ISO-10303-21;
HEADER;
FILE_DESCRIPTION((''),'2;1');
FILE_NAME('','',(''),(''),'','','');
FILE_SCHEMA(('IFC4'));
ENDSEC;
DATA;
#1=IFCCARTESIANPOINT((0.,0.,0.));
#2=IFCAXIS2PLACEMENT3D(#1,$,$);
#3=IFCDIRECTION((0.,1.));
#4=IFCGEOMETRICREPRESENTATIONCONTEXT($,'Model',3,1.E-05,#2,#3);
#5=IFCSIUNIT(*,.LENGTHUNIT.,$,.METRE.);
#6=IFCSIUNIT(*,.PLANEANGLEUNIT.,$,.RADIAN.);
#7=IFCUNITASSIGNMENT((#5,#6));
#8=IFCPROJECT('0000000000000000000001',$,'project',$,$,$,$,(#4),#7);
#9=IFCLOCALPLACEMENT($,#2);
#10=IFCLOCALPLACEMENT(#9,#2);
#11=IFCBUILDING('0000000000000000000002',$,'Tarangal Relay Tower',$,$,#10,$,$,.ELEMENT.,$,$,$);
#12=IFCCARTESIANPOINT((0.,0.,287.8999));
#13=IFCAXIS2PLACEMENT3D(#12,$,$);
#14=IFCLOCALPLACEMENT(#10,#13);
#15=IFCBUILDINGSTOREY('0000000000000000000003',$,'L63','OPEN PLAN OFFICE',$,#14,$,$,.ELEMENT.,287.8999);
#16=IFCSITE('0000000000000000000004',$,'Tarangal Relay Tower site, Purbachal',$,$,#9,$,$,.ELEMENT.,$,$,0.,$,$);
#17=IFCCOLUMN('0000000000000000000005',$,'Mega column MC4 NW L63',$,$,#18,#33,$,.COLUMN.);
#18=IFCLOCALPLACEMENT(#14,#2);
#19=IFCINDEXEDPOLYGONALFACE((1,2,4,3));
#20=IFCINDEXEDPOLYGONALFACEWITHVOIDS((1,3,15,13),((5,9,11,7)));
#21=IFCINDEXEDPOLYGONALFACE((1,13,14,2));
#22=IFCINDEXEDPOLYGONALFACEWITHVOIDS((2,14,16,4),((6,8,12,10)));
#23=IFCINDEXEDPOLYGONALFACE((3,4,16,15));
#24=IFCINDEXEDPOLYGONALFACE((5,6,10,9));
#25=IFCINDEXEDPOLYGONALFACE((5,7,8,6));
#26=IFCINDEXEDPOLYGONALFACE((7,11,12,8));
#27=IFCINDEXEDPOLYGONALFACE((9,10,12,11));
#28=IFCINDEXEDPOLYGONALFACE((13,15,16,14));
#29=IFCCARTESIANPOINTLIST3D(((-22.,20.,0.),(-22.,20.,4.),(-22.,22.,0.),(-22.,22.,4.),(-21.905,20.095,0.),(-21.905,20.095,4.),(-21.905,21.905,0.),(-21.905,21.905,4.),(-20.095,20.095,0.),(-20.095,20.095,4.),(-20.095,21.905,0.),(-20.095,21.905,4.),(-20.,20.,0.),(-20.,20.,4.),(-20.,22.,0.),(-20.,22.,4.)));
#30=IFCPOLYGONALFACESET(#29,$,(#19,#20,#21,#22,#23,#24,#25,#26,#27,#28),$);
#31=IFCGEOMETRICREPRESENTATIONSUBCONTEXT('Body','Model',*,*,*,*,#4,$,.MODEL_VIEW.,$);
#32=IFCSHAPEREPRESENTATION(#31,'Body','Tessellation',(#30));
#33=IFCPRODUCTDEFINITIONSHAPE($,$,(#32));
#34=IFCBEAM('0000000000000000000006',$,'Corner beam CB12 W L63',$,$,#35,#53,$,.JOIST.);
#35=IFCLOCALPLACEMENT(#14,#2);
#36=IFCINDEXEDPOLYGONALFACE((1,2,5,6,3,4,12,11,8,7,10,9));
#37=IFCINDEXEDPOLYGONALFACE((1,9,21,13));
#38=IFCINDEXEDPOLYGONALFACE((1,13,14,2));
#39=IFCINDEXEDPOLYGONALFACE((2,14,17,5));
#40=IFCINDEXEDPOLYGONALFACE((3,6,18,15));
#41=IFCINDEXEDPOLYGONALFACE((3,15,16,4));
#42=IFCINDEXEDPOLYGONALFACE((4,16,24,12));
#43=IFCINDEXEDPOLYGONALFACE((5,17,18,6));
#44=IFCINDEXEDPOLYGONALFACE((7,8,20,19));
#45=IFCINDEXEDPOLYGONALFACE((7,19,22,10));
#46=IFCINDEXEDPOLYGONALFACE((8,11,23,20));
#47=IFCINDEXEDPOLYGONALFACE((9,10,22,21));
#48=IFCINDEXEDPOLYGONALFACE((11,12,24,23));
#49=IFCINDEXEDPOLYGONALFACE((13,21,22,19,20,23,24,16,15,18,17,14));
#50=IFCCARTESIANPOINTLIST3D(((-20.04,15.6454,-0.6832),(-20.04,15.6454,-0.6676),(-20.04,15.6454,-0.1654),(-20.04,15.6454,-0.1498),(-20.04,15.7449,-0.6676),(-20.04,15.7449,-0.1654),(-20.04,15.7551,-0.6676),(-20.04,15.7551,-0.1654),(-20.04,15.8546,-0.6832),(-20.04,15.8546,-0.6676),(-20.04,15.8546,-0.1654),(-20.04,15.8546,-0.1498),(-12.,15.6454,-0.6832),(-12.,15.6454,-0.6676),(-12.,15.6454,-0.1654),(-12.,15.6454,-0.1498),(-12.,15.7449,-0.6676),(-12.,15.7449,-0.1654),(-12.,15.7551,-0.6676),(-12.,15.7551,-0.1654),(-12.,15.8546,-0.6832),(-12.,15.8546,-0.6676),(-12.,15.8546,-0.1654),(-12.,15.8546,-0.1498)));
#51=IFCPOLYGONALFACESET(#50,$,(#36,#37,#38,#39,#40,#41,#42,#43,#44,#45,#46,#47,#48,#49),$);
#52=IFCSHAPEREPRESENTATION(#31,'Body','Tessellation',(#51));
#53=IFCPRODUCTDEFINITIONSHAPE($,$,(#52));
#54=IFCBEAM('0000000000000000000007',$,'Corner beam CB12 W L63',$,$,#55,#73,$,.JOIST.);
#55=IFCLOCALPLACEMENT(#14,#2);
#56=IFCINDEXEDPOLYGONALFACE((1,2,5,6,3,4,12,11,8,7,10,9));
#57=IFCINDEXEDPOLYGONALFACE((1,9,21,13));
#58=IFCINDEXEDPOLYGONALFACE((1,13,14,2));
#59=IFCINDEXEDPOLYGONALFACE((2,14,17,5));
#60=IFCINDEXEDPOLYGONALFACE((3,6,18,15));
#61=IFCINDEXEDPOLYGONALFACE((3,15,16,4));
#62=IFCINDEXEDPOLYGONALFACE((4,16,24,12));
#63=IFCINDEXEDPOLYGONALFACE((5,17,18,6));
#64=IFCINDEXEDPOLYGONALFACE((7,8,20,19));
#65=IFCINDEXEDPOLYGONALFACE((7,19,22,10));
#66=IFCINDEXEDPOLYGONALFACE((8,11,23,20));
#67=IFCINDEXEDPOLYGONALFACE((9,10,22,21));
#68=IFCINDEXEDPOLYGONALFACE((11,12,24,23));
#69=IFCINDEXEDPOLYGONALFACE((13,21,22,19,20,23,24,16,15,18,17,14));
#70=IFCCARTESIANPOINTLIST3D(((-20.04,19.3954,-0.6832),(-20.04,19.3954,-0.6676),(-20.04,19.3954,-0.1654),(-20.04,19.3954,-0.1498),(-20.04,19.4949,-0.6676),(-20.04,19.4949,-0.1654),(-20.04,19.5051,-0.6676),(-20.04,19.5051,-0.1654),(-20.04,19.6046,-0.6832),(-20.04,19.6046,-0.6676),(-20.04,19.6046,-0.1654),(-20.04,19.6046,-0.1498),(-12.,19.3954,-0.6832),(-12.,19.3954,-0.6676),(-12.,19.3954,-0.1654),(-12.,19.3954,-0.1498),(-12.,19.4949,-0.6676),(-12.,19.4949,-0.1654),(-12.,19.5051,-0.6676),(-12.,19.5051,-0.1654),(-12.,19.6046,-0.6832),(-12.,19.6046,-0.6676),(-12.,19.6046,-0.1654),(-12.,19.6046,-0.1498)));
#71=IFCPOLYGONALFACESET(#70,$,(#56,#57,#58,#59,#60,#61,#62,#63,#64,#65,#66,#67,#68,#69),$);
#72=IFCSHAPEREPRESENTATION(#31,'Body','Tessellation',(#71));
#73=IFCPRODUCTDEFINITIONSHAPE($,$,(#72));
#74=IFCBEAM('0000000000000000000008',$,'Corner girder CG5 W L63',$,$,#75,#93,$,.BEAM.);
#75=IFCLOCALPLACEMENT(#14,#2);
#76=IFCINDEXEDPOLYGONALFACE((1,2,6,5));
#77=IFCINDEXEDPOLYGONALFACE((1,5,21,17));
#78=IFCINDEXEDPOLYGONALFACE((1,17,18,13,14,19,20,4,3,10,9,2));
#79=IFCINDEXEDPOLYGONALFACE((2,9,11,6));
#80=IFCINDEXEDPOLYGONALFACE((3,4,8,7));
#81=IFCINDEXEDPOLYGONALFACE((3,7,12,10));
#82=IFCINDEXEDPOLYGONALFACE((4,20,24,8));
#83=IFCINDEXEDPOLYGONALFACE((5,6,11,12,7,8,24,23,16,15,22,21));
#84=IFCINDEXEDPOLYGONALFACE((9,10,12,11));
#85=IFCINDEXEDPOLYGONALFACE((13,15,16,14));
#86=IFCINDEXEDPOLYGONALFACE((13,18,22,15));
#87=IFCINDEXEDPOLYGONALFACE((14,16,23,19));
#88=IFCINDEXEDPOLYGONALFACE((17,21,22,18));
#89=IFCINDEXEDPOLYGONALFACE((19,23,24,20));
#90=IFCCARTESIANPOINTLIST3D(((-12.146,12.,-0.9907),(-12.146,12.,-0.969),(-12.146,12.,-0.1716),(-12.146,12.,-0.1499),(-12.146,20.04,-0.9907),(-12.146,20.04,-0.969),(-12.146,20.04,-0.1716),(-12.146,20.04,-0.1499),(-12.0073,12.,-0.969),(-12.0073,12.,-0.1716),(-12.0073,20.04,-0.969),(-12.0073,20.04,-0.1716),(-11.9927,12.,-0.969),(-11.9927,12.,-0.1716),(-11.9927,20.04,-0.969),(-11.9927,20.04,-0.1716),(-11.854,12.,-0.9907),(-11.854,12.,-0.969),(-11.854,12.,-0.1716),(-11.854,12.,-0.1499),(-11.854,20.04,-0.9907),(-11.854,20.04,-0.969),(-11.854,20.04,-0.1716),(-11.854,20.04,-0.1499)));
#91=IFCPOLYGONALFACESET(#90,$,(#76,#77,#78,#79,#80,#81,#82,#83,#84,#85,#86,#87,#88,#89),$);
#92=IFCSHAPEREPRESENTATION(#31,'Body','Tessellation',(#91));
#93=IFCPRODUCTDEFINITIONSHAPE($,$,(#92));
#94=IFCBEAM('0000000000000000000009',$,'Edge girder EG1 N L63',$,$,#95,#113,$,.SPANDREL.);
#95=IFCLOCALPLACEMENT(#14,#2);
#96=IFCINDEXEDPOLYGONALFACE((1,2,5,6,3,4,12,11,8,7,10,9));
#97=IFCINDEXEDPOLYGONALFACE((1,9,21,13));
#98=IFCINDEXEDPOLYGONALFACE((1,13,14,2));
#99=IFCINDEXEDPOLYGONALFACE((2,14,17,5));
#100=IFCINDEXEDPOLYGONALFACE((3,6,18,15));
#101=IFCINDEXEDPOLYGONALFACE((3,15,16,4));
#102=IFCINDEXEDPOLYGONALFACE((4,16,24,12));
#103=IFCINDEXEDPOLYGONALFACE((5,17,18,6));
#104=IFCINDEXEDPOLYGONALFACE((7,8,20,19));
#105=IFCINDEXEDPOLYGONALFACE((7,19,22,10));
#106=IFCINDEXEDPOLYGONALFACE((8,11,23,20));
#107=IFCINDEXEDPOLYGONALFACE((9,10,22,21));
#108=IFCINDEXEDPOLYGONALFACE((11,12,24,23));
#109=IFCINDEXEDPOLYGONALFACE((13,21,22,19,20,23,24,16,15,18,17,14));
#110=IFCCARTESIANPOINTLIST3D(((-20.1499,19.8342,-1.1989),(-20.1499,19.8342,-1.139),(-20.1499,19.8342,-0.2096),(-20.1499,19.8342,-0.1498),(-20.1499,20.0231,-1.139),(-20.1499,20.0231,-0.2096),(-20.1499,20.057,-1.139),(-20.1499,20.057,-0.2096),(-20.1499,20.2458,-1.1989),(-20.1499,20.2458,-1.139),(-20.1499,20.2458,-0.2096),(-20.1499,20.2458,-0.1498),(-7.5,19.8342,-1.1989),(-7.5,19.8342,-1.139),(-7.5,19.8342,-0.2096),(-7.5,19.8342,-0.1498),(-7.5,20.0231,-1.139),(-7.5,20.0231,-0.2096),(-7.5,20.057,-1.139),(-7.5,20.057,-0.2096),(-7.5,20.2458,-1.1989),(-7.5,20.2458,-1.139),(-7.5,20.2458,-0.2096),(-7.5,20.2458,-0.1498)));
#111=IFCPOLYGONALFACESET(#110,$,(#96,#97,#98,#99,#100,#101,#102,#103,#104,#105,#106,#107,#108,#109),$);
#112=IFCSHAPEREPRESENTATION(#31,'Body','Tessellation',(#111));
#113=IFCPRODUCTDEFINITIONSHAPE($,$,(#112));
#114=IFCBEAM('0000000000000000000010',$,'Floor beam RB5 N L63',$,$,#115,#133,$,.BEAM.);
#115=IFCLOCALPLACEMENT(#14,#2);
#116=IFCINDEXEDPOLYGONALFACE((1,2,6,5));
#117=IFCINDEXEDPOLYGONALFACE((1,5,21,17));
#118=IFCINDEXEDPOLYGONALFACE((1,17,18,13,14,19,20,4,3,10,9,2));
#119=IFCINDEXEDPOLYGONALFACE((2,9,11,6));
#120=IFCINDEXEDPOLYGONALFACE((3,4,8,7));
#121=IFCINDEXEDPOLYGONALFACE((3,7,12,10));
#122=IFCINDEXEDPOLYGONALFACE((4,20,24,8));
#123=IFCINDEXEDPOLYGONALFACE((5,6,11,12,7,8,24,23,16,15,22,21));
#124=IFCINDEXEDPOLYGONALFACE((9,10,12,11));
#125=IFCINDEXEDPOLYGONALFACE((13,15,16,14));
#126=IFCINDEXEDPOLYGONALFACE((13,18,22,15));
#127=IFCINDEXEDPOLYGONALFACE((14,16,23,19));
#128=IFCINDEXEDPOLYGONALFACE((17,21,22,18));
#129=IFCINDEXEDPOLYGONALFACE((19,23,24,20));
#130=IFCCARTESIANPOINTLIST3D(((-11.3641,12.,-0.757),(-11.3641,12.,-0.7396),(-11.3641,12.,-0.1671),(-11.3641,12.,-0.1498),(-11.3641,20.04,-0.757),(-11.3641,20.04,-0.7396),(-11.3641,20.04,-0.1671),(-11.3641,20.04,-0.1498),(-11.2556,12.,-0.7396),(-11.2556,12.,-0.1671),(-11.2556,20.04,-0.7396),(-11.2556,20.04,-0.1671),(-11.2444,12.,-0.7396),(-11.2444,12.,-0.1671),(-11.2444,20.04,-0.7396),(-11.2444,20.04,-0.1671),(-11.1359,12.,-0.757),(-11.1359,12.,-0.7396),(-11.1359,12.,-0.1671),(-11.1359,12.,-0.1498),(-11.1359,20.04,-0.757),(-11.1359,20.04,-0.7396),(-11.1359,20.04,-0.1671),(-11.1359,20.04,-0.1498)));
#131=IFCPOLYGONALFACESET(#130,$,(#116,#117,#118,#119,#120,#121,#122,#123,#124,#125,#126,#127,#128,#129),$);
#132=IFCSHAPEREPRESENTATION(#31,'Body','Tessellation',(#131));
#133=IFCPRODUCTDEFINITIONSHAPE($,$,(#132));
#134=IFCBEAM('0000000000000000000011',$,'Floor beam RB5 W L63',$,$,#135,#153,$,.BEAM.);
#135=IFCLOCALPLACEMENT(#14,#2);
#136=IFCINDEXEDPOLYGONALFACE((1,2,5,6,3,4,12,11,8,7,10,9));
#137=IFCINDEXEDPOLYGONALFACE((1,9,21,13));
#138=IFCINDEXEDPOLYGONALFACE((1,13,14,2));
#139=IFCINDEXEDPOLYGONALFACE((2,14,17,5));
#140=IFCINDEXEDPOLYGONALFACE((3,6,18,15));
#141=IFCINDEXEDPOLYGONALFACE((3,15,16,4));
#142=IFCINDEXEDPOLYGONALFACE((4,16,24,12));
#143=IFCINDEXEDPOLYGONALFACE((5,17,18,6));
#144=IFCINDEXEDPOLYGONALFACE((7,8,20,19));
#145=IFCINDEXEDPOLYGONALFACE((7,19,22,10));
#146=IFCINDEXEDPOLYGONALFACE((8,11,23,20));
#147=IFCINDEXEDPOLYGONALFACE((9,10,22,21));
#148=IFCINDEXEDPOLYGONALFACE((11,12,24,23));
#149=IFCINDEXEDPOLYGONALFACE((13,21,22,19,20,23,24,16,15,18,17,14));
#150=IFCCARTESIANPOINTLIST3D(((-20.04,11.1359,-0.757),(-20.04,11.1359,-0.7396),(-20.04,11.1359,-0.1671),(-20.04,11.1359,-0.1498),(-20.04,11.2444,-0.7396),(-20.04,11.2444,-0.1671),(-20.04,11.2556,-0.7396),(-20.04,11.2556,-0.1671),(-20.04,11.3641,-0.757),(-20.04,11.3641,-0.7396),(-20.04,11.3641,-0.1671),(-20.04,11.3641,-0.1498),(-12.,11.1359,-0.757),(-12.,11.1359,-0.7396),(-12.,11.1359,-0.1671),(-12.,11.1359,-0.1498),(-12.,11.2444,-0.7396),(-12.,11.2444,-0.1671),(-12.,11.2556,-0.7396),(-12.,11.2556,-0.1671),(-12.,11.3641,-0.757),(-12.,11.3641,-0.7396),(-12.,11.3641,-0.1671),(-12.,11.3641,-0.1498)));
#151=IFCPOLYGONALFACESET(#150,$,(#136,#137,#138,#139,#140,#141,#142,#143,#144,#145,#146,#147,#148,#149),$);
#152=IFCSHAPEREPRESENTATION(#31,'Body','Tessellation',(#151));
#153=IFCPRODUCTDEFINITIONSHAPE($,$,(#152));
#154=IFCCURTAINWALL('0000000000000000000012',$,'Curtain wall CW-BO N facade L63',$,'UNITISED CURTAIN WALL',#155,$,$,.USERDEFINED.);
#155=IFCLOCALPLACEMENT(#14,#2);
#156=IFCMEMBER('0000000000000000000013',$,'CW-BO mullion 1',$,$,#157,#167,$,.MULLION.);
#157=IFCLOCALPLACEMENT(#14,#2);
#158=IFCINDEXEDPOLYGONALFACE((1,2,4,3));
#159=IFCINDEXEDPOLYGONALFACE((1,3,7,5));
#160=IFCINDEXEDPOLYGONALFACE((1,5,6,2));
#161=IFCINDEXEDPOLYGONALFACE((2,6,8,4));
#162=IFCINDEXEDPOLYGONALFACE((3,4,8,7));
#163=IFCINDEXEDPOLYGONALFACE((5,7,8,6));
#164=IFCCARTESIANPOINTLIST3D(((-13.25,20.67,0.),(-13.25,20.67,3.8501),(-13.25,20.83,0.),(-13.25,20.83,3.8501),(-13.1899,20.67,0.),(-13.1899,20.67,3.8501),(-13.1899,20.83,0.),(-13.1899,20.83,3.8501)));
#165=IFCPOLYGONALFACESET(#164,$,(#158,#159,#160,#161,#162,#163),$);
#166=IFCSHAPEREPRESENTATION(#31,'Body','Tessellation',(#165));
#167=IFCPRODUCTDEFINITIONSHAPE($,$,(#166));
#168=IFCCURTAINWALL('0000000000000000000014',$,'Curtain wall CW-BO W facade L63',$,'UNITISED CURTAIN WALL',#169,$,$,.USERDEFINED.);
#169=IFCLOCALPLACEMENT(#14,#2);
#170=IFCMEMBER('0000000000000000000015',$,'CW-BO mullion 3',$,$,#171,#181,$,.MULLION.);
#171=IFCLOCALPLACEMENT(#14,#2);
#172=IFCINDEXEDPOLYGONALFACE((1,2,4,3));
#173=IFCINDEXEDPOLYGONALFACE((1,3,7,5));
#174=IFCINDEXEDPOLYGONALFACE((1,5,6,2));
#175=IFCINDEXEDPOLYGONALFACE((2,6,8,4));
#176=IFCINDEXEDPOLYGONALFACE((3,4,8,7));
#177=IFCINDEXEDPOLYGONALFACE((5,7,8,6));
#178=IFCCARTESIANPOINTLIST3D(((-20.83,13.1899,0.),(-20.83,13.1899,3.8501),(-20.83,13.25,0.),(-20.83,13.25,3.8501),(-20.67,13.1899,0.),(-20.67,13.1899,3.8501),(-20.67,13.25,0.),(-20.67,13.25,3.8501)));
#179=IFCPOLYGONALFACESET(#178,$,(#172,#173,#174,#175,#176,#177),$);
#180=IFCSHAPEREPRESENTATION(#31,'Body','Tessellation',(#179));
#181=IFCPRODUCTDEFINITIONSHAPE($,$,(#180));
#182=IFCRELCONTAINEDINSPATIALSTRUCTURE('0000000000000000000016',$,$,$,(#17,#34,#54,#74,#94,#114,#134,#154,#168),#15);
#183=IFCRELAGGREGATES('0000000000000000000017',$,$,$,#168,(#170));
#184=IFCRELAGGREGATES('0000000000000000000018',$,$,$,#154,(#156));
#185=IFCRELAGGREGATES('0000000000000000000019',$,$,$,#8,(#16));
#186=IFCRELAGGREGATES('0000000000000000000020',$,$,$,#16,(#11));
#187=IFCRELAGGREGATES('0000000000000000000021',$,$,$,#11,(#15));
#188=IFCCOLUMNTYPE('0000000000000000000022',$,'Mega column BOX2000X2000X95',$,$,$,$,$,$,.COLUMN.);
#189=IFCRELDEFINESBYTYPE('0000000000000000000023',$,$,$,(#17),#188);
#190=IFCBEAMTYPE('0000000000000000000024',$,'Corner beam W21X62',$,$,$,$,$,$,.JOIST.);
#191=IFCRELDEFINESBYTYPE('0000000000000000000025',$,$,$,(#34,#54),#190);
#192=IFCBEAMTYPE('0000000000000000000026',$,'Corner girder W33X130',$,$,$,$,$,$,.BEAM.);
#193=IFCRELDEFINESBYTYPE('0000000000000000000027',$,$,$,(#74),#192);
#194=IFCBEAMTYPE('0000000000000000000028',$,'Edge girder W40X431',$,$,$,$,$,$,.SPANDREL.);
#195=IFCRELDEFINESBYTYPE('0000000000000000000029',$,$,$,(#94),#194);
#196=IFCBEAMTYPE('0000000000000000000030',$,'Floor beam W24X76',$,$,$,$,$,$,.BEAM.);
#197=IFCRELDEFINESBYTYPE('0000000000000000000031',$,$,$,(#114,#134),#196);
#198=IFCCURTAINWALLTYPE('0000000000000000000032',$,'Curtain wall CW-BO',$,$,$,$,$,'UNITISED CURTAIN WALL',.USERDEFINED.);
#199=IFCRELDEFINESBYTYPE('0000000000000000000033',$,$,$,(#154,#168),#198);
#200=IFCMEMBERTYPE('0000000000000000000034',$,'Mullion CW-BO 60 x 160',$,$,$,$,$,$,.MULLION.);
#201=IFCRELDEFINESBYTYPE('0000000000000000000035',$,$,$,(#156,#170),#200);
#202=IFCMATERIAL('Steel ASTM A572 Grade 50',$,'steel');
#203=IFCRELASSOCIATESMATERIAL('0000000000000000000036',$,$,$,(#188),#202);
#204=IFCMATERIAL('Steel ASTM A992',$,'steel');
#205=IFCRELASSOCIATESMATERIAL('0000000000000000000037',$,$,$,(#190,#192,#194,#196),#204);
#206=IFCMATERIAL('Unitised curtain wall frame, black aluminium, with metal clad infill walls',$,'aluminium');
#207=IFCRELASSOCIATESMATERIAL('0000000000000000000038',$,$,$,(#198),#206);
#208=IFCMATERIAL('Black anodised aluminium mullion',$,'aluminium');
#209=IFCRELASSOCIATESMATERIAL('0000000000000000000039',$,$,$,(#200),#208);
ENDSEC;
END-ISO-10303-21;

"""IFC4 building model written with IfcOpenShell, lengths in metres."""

from ifc_helpers import new_model, si_unit, direction, frame, origin, origin_2d, place, context, subcontext, project, spatial, rectangle, hollow_rectangle, i_section, extrude, material, material_profile, profile_set, type_object, element, aggregate, save


model = new_model("IFC4")

# Units and contexts
model_context = context("Model", 3, precision=1e-05, world=origin(), true_north=direction((0.0, 1.0)))
body_context = subcontext(model_context, "Body", "Model", "MODEL_VIEW")
ifc_project = project(units=[si_unit("LENGTHUNIT", "METRE"), si_unit("PLANEANGLEUNIT", "RADIAN")], contexts=[model_context])

# Site, building, storey
site_placement = place(None, origin())
site = spatial("IfcSite", under=ifc_project, at=site_placement, Name="Tarangal Relay Tower site, Purbachal", CompositionType="ELEMENT", RefElevation=0.0)
building_placement = place(site_placement, origin())
building = spatial("IfcBuilding", under=site, at=building_placement, Name="Tarangal Relay Tower", CompositionType="ELEMENT")
storey_placement = place(building_placement, frame((0.0, 0.0, 287.8999)))
storey = spatial("IfcBuildingStorey", under=building, at=storey_placement, Name="L63", Description="OPEN PLAN OFFICE", CompositionType="ELEMENT", Elevation=287.8999)

# Column
ifc_material_1 = material(Name="Steel ASTM A572 Grade 50", Category="steel")
ifc_material_profile_1 = material_profile(ifc_material_1, hollow_rectangle(XDim=2.0, YDim=2.0, WallThickness=0.095, at=origin_2d()), Name="BOX2000X2000X95")
ifc_profile_set_1 = profile_set([ifc_material_profile_1], Name="Steel ASTM A572 Grade 50")
column_type = type_object("IfcColumnType", Name="Mega column BOX2000X2000X95", PredefinedType="COLUMN", material=ifc_profile_set_1)
column_placement = place(storey_placement, frame((-21.0, 21.0, 0.0), z_axis=(0.0, 0.0, 1.0), x_axis=(1.0, 0.0, 0.0)))
element("IfcColumn", 1, at=column_placement, inside=storey, type_object=column_type, Name="Mega column MC4 NW L63", PredefinedType="COLUMN", context=body_context, shape_type="SweptSolid", body=[
    extrude(hollow_rectangle(XDim=2.0, YDim=2.0, WallThickness=0.095, at=origin_2d()), origin(), (0.0, 0.0, 1.0), 4.0),
])

# Beams
ifc_material_2 = material(Name="Steel ASTM A992", Category="steel")
ifc_material_profile_2 = material_profile(ifc_material_2, i_section(OverallWidth=0.2092, OverallDepth=0.5334, WebThickness=0.0103, FlangeThickness=0.0156, at=origin_2d()), Name="W21X62")
ifc_profile_set_2 = profile_set([ifc_material_profile_2], Name="Steel ASTM A992")
beam_type_1 = type_object("IfcBeamType", Name="Corner beam W21X62", PredefinedType="JOIST", material=ifc_profile_set_2)
for number, where, z_axis, x_axis, name in (
    (2, (-12.0, 15.75, -0.4165), (-1.0, 0.0, 0.0), (0.0, -1.0, 0.0), "Corner beam CB12 W L63"),
    (3, (-12.0, 19.5, -0.4165), (-1.0, 0.0, 0.0), (0.0, -1.0, 0.0), "Corner beam CB12 W L63"),
):
    element("IfcBeam", number, at=place(storey_placement, frame(where, z_axis=z_axis, x_axis=x_axis)), inside=storey, type_object=beam_type_1, Name=name, PredefinedType="JOIST", context=body_context, shape_type="SweptSolid", body=[
        extrude(i_section(OverallWidth=0.2092, OverallDepth=0.5334, WebThickness=0.0103, FlangeThickness=0.0156, at=origin_2d()), origin(), (0.0, 0.0, 1.0), 8.04),
    ])
ifc_material_profile_3 = material_profile(ifc_material_2, i_section(OverallWidth=0.292, OverallDepth=0.8408, WebThickness=0.0146, FlangeThickness=0.0217, at=origin_2d()), Name="W33X130")
ifc_profile_set_3 = profile_set([ifc_material_profile_3], Name="Steel ASTM A992")
beam_type_2 = type_object("IfcBeamType", Name="Corner girder W33X130", PredefinedType="BEAM", material=ifc_profile_set_3)
beam_1_placement = place(storey_placement, frame((-12.0, 12.0, -0.5703), z_axis=(0.0, 1.0, 0.0), x_axis=(-1.0, 0.0, 0.0)))
element("IfcBeam", 4, at=beam_1_placement, inside=storey, type_object=beam_type_2, Name="Corner girder CG5 W L63", PredefinedType="BEAM", context=body_context, shape_type="SweptSolid", body=[
    extrude(i_section(OverallWidth=0.292, OverallDepth=0.8408, WebThickness=0.0146, FlangeThickness=0.0217, at=origin_2d()), origin(), (0.0, 0.0, 1.0), 8.04),
])
ifc_material_profile_4 = material_profile(ifc_material_2, i_section(OverallWidth=0.4116, OverallDepth=1.0491, WebThickness=0.0339, FlangeThickness=0.0598, at=origin_2d()), Name="W40X431")
ifc_profile_set_4 = profile_set([ifc_material_profile_4], Name="Steel ASTM A992")
beam_type_3 = type_object("IfcBeamType", Name="Edge girder W40X431", PredefinedType="SPANDREL", material=ifc_profile_set_4)
beam_2_placement = place(storey_placement, frame((-20.1499, 20.04, -0.6743), z_axis=(1.0, 0.0, 0.0), x_axis=(0.0, 1.0, 0.0)))
element("IfcBeam", 5, at=beam_2_placement, inside=storey, type_object=beam_type_3, Name="Edge girder EG1 N L63", PredefinedType="SPANDREL", context=body_context, shape_type="SweptSolid", body=[
    extrude(i_section(OverallWidth=0.4116, OverallDepth=1.0491, WebThickness=0.0339, FlangeThickness=0.0598, at=origin_2d()), origin(), (0.0, 0.0, 1.0), 12.6499),
])
ifc_material_profile_5 = material_profile(ifc_material_2, i_section(OverallWidth=0.2283, OverallDepth=0.6072, WebThickness=0.0112, FlangeThickness=0.0173, at=origin_2d()), Name="W24X76")
ifc_profile_set_5 = profile_set([ifc_material_profile_5], Name="Steel ASTM A992")
beam_type_4 = type_object("IfcBeamType", Name="Floor beam W24X76", PredefinedType="BEAM", material=ifc_profile_set_5)
for number, where, z_axis, x_axis, name in (
    (6, (-11.25, 12.0, -0.4534), (0.0, 1.0, 0.0), (-1.0, 0.0, 0.0), "Floor beam RB5 N L63"),
    (7, (-12.0, 11.25, -0.4534), (-1.0, 0.0, 0.0), (0.0, -1.0, 0.0), "Floor beam RB5 W L63"),
):
    element("IfcBeam", number, at=place(storey_placement, frame(where, z_axis=z_axis, x_axis=x_axis)), inside=storey, type_object=beam_type_4, Name=name, PredefinedType="BEAM", context=body_context, shape_type="SweptSolid", body=[
        extrude(i_section(OverallWidth=0.2283, OverallDepth=0.6072, WebThickness=0.0112, FlangeThickness=0.0173, at=origin_2d()), origin(), (0.0, 0.0, 1.0), 8.04),
    ])

# Curtain walls, members
ifc_material_3 = material(Name="Unitised curtain wall frame, black aluminium, with metal clad infill walls", Category="aluminium")
curtain_wall_type = type_object("IfcCurtainWallType", Name="Curtain wall CW-BO", ElementType="UNITISED CURTAIN WALL", PredefinedType="USERDEFINED", material=ifc_material_3)
curtain_wall_1_placement = place(storey_placement, origin())
curtain_wall_1 = element("IfcCurtainWall", 8, at=curtain_wall_1_placement, inside=storey, type_object=curtain_wall_type, Name="Curtain wall CW-BO N facade L63", ObjectType="UNITISED CURTAIN WALL", PredefinedType="USERDEFINED")
ifc_material_4 = material(Name="Black anodised aluminium mullion", Category="aluminium")
ifc_material_profile_6 = material_profile(ifc_material_4, rectangle(XDim=0.1599, YDim=0.0601, at=origin_2d()), Name="CW-BOM 60X160")
ifc_profile_set_6 = profile_set([ifc_material_profile_6], Name="Black anodised aluminium mullion")
member_type_1 = type_object("IfcMemberType", Name="Mullion CW-BO 60 x 160", PredefinedType="MULLION", material=ifc_profile_set_6)
member_1_placement = place(storey_placement, frame((-13.22, 20.75, 0.0), z_axis=(0.0, 0.0, 1.0), x_axis=(0.0, 1.0, 0.0)))
member_1 = element("IfcMember", 9, at=member_1_placement, type_object=member_type_1, Name="CW-BO mullion 1", PredefinedType="MULLION", context=body_context, shape_type="SweptSolid", body=[
    extrude(rectangle(XDim=0.1599, YDim=0.0601, at=origin_2d()), origin(), (0.0, 0.0, 1.0), 3.8501),
])
curtain_wall_2_placement = place(storey_placement, origin())
curtain_wall_2 = element("IfcCurtainWall", 10, at=curtain_wall_2_placement, inside=storey, type_object=curtain_wall_type, Name="Curtain wall CW-BO W facade L63", ObjectType="UNITISED CURTAIN WALL", PredefinedType="USERDEFINED")
member_2_placement = place(storey_placement, frame((-20.75, 13.22, 0.0), z_axis=(0.0, 0.0, 1.0), x_axis=(-1.0, 0.0, 0.0)))
member_2 = element("IfcMember", 11, at=member_2_placement, type_object=member_type_1, Name="CW-BO mullion 3", PredefinedType="MULLION", context=body_context, shape_type="SweptSolid", body=[
    extrude(rectangle(XDim=0.1599, YDim=0.0601, at=origin_2d()), origin(), (0.0, 0.0, 1.0), 3.8501),
])
aggregate(curtain_wall_2, [member_2])

aggregate(curtain_wall_1, [member_1])

save(model, "model.ifc")
